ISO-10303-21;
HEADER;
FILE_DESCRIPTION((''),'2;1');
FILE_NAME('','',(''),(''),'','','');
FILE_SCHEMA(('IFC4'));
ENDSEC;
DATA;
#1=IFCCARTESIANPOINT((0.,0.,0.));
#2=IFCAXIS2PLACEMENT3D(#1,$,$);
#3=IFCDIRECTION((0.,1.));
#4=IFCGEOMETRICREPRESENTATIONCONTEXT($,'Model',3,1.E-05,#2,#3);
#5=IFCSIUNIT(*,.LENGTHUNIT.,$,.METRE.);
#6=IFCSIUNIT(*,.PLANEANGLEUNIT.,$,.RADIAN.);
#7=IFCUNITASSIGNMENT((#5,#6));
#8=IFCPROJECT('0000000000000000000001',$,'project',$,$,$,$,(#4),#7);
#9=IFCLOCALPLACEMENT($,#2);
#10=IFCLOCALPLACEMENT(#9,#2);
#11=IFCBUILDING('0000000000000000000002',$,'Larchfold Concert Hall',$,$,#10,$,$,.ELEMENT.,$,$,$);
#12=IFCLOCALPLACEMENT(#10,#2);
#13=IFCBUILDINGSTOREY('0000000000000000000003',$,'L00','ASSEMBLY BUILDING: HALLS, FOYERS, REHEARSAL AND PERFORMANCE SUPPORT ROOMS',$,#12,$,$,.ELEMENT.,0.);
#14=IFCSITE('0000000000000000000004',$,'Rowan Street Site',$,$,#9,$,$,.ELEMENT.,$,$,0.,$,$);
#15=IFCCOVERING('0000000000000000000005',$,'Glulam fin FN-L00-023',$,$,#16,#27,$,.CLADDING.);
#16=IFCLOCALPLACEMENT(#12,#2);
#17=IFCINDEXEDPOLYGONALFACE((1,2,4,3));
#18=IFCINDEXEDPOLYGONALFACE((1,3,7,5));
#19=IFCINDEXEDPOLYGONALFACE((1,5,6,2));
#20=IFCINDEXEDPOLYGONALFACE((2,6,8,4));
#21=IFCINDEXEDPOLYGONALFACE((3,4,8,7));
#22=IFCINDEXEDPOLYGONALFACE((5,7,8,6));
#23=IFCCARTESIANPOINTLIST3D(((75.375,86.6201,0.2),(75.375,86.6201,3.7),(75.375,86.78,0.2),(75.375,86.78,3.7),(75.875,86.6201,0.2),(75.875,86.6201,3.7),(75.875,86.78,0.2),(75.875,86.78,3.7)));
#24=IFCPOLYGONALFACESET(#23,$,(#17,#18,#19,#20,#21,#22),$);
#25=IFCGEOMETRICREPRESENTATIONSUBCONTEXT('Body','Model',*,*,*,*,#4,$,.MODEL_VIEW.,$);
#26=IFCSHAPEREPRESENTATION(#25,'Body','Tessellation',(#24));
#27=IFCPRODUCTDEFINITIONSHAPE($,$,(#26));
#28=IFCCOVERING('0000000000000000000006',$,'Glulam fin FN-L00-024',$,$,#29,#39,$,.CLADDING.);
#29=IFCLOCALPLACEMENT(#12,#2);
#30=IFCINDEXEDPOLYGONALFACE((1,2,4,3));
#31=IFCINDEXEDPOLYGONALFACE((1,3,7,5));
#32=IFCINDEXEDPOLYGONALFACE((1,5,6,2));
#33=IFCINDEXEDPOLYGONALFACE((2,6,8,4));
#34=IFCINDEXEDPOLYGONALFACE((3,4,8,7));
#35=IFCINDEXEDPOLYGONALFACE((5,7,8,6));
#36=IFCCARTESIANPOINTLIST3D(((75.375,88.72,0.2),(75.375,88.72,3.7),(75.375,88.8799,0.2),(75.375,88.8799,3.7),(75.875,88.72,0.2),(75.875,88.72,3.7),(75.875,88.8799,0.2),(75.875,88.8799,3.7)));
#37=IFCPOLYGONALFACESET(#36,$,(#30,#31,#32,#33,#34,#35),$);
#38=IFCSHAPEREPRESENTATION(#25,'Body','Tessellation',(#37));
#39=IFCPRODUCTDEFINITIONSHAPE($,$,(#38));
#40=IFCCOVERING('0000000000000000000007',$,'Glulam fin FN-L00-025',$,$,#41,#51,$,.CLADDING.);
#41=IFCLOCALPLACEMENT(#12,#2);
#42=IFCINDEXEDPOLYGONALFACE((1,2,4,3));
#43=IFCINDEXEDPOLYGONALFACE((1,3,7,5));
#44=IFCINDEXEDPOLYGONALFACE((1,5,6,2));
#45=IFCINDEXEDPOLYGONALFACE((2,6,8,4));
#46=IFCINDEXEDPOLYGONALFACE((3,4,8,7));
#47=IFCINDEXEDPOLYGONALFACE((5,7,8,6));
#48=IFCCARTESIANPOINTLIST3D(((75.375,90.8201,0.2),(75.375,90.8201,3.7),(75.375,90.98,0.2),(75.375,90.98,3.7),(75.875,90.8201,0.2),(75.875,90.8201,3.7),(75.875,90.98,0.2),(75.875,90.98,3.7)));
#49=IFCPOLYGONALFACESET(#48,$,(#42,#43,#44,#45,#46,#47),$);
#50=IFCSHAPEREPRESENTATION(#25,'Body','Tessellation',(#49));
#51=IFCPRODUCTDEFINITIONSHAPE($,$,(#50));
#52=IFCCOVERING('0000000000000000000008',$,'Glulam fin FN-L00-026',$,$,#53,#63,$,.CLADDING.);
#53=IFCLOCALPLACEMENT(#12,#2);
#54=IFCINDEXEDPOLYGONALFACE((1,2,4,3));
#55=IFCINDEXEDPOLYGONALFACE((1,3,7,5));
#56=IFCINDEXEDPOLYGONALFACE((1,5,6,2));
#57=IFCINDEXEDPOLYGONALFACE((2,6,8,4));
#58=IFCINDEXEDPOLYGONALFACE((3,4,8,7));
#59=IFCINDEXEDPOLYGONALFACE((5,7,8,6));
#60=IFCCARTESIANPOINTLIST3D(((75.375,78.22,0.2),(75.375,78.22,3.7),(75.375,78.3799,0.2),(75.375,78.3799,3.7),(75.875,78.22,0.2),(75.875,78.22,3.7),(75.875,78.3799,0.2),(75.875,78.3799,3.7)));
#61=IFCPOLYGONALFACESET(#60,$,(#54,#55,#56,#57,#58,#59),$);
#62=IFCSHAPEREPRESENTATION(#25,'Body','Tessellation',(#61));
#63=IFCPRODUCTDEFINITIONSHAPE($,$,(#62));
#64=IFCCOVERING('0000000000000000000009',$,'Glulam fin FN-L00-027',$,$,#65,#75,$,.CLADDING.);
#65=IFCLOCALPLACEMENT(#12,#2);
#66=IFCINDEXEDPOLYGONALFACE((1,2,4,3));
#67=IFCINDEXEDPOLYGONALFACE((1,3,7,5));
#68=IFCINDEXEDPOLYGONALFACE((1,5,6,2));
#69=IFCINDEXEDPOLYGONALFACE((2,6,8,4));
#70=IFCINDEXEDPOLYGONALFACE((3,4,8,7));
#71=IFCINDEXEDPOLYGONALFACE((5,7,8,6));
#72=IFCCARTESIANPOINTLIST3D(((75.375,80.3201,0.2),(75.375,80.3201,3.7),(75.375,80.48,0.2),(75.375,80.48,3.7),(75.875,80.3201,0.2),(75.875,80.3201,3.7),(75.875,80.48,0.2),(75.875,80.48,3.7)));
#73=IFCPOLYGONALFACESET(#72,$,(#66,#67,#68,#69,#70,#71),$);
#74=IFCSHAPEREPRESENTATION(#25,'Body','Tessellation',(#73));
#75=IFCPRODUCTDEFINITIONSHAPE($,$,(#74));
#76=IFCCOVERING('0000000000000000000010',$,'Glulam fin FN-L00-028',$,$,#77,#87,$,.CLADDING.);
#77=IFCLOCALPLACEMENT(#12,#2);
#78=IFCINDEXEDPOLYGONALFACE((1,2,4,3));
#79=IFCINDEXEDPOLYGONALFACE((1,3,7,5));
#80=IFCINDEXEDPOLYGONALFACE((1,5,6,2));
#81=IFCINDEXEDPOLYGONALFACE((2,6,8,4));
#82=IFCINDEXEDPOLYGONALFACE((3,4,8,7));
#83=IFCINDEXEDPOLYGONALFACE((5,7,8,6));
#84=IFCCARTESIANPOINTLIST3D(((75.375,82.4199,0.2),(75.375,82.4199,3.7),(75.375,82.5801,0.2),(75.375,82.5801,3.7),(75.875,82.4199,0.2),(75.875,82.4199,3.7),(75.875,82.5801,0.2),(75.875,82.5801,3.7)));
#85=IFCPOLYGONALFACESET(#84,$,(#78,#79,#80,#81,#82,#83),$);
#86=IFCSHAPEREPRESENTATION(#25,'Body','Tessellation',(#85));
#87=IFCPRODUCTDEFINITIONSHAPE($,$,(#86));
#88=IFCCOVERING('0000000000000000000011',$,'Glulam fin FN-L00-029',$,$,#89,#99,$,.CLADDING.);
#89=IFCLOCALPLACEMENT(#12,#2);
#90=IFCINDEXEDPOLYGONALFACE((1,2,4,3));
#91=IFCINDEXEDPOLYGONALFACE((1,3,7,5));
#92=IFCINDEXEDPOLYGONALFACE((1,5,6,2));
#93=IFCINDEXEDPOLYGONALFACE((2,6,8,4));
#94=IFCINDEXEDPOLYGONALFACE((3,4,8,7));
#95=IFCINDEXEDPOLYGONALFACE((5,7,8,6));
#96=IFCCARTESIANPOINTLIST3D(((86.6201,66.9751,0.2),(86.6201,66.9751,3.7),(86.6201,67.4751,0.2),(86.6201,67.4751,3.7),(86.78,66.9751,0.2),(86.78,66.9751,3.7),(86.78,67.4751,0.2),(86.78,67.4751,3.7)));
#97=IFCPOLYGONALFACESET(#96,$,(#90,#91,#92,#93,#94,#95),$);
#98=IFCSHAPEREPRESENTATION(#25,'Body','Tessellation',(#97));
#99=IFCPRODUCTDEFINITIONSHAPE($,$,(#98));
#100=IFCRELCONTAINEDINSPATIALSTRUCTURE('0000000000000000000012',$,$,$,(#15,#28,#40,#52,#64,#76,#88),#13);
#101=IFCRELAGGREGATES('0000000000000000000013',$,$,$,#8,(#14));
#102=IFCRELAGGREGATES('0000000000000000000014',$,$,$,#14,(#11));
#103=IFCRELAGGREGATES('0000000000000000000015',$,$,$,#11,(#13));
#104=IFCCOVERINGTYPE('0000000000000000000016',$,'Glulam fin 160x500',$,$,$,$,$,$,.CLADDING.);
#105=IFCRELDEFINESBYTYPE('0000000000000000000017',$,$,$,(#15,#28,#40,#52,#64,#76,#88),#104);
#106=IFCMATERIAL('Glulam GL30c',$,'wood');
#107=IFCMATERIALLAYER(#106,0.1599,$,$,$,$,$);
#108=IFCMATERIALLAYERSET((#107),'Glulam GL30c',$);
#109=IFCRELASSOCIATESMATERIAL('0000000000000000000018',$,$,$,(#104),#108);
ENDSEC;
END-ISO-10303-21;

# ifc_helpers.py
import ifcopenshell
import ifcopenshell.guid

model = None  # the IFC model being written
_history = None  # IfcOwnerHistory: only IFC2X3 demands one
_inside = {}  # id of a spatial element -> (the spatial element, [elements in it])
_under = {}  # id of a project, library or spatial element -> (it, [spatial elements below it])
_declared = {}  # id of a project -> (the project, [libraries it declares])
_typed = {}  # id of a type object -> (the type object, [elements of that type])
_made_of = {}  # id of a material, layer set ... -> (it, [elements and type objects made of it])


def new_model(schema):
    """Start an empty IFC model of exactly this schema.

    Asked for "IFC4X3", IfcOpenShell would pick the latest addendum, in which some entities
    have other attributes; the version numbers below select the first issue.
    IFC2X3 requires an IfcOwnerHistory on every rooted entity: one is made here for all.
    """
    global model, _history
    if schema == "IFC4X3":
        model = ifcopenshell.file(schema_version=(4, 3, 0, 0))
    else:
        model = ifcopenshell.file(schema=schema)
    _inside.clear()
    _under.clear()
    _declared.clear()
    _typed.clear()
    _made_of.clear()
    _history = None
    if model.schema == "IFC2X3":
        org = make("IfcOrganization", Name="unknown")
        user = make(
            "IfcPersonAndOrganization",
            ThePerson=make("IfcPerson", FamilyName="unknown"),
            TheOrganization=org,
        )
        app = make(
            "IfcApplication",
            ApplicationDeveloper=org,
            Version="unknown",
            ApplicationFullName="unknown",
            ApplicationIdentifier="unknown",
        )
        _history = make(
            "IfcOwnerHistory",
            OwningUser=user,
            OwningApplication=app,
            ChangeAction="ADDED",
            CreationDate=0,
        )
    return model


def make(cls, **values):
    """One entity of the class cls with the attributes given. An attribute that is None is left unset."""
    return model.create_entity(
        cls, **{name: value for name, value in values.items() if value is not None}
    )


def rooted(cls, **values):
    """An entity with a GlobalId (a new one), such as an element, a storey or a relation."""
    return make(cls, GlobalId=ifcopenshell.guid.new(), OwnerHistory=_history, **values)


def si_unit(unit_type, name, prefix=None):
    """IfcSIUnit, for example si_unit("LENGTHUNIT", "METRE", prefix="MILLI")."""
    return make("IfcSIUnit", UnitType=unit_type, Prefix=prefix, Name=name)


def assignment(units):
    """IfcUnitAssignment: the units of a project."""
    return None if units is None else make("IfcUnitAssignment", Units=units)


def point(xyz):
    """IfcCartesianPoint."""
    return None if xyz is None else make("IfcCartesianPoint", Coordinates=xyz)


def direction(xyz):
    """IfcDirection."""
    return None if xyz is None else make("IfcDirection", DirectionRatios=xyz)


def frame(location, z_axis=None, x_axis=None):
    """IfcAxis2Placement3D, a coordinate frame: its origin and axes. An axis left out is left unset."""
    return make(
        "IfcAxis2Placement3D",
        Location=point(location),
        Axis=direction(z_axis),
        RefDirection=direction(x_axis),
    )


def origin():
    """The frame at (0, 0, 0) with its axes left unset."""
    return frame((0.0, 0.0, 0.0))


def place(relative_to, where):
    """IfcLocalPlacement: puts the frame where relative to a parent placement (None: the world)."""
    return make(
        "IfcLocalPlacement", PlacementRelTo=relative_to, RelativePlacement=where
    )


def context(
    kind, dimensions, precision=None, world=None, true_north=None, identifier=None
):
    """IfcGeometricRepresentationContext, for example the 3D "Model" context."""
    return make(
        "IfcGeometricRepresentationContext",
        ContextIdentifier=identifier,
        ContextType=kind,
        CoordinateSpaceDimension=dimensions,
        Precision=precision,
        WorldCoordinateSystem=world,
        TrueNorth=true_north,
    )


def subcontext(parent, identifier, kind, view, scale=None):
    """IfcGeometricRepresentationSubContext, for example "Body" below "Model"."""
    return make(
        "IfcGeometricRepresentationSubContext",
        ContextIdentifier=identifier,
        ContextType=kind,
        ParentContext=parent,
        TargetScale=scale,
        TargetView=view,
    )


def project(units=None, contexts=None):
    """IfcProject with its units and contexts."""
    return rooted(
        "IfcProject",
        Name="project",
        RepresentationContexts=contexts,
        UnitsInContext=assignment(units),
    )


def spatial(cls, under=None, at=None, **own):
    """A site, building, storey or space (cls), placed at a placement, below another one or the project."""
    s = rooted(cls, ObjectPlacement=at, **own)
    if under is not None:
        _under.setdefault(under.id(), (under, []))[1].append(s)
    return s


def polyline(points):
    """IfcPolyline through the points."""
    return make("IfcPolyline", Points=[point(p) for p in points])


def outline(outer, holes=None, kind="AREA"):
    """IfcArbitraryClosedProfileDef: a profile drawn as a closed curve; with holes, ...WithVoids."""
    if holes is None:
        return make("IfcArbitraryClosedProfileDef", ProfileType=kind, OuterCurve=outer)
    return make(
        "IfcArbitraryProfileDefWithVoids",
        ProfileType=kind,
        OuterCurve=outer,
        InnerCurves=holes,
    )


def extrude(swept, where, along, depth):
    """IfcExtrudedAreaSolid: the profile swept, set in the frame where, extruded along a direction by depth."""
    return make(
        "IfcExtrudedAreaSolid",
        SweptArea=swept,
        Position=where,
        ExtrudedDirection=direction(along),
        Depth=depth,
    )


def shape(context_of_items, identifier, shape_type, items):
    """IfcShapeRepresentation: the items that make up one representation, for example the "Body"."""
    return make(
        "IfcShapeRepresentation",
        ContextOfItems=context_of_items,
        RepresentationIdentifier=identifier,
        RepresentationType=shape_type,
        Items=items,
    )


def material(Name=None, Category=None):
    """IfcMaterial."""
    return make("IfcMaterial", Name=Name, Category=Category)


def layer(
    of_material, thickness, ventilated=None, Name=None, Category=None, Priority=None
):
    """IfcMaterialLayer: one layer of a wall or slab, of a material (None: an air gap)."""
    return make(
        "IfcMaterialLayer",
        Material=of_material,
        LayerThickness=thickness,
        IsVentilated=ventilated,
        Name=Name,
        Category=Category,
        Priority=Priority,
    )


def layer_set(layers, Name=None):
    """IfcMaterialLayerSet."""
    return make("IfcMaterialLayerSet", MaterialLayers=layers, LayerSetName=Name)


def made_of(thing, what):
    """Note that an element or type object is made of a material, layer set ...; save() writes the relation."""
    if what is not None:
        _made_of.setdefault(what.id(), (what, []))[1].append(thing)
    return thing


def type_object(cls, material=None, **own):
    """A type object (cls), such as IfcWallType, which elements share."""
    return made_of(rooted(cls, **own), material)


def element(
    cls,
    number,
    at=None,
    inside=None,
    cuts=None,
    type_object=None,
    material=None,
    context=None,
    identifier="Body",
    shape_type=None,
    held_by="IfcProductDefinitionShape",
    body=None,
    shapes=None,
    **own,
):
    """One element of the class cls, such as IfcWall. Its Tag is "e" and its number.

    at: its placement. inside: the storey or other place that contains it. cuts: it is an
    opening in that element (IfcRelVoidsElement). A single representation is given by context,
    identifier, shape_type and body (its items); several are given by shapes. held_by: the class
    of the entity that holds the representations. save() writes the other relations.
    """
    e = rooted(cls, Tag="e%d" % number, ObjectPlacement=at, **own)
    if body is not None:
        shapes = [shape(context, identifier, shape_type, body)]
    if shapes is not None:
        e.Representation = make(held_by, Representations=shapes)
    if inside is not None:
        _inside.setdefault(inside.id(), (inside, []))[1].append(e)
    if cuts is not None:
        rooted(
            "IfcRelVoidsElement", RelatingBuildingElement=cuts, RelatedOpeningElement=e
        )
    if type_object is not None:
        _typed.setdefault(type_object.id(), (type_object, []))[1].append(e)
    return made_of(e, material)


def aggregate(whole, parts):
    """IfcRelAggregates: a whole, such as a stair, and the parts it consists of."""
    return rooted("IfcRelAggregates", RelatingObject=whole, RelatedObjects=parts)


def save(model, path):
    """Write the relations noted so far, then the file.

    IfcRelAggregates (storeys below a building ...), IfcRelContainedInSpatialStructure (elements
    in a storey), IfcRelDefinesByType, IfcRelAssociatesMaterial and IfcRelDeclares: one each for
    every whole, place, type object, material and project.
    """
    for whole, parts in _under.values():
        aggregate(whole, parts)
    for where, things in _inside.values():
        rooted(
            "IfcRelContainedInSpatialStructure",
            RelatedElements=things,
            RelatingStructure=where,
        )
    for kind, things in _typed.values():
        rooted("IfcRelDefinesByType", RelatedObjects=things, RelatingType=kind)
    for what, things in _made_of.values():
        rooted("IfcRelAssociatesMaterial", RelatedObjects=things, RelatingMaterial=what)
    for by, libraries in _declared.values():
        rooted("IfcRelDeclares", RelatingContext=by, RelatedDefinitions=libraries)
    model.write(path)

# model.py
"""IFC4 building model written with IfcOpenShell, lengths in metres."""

from ifc_helpers import new_model, si_unit, direction, frame, origin, place, context, subcontext, project, spatial, polyline, outline, extrude, material, layer, layer_set, type_object, element, save


model = new_model("IFC4")

# Units and contexts
model_context = context("Model", 3, precision=1e-05, world=origin(), true_north=direction((0.0, 1.0)))
body_context = subcontext(model_context, "Body", "Model", "MODEL_VIEW")
ifc_project = project(units=[si_unit("LENGTHUNIT", "METRE"), si_unit("PLANEANGLEUNIT", "RADIAN")], contexts=[model_context])

# Site, building, storey
site_placement = place(None, origin())
site = spatial("IfcSite", under=ifc_project, at=site_placement, Name="Rowan Street Site", CompositionType="ELEMENT", RefElevation=0.0)
building_placement = place(site_placement, origin())
building = spatial("IfcBuilding", under=site, at=building_placement, Name="Larchfold Concert Hall", CompositionType="ELEMENT")
storey_placement = place(building_placement, origin())
storey = spatial("IfcBuildingStorey", under=building, at=storey_placement, Name="L00", Description="ASSEMBLY BUILDING: HALLS, FOYERS, REHEARSAL AND PERFORMANCE SUPPORT ROOMS", CompositionType="ELEMENT", Elevation=0.0)

# Coverings
ifc_material_1 = material(Name="Glulam GL30c", Category="wood")
ifc_layer_1 = layer(ifc_material_1, 0.1599)
ifc_layer_set_1 = layer_set([ifc_layer_1], Name="Glulam GL30c")
covering_type_1 = type_object("IfcCoveringType", Name="Glulam fin 160x500", PredefinedType="CLADDING", material=ifc_layer_set_1)
covering_1_placement = place(storey_placement, frame((0.0, 0.0, 0.2)))
element("IfcCovering", 1, at=covering_1_placement, inside=storey, type_object=covering_type_1, Name="Glulam fin FN-L00-023", PredefinedType="CLADDING", context=body_context, shape_type="SweptSolid", body=[
    extrude(outline(polyline([(75.875, 86.6201), (75.875, 86.78), (75.375, 86.78), (75.375, 86.6201), (75.875, 86.6201)])), origin(), (0.0, 0.0, 1.0), 3.5),
])
covering_2_placement = place(storey_placement, frame((0.0, 0.0, 0.2)))
element("IfcCovering", 2, at=covering_2_placement, inside=storey, type_object=covering_type_1, Name="Glulam fin FN-L00-024", PredefinedType="CLADDING", context=body_context, shape_type="SweptSolid", body=[
    extrude(outline(polyline([(75.875, 88.72), (75.875, 88.8799), (75.375, 88.8799), (75.375, 88.72), (75.875, 88.72)])), origin(), (0.0, 0.0, 1.0), 3.5),
])
covering_3_placement = place(storey_placement, frame((0.0, 0.0, 0.2)))
element("IfcCovering", 3, at=covering_3_placement, inside=storey, type_object=covering_type_1, Name="Glulam fin FN-L00-025", PredefinedType="CLADDING", context=body_context, shape_type="SweptSolid", body=[
    extrude(outline(polyline([(75.875, 90.8201), (75.875, 90.98), (75.375, 90.98), (75.375, 90.8201), (75.875, 90.8201)])), origin(), (0.0, 0.0, 1.0), 3.5),
])
covering_4_placement = place(storey_placement, frame((0.0, 0.0, 0.2)))
element("IfcCovering", 4, at=covering_4_placement, inside=storey, type_object=covering_type_1, Name="Glulam fin FN-L00-026", PredefinedType="CLADDING", context=body_context, shape_type="SweptSolid", body=[
    extrude(outline(polyline([(75.875, 78.22), (75.875, 78.3799), (75.375, 78.3799), (75.375, 78.22), (75.875, 78.22)])), origin(), (0.0, 0.0, 1.0), 3.5),
])
covering_5_placement = place(storey_placement, frame((0.0, 0.0, 0.2)))
element("IfcCovering", 5, at=covering_5_placement, inside=storey, type_object=covering_type_1, Name="Glulam fin FN-L00-027", PredefinedType="CLADDING", context=body_context, shape_type="SweptSolid", body=[
    extrude(outline(polyline([(75.875, 80.3201), (75.875, 80.48), (75.375, 80.48), (75.375, 80.3201), (75.875, 80.3201)])), origin(), (0.0, 0.0, 1.0), 3.5),
])
covering_6_placement = place(storey_placement, frame((0.0, 0.0, 0.2)))
element("IfcCovering", 6, at=covering_6_placement, inside=storey, type_object=covering_type_1, Name="Glulam fin FN-L00-028", PredefinedType="CLADDING", context=body_context, shape_type="SweptSolid", body=[
    extrude(outline(polyline([(75.875, 82.4199), (75.875, 82.5801), (75.375, 82.5801), (75.375, 82.4199), (75.875, 82.4199)])), origin(), (0.0, 0.0, 1.0), 3.5),
])
covering_7_placement = place(storey_placement, frame((0.0, 0.0, 0.2)))
element("IfcCovering", 7, at=covering_7_placement, inside=storey, type_object=covering_type_1, Name="Glulam fin FN-L00-029", PredefinedType="CLADDING", context=body_context, shape_type="SweptSolid", body=[
    extrude(outline(polyline([(86.78, 66.9751), (86.78, 67.4751), (86.6201, 67.4751), (86.6201, 66.9751), (86.78, 66.9751)])), origin(), (0.0, 0.0, 1.0), 3.5),
])

save(model, "model.ifc")
